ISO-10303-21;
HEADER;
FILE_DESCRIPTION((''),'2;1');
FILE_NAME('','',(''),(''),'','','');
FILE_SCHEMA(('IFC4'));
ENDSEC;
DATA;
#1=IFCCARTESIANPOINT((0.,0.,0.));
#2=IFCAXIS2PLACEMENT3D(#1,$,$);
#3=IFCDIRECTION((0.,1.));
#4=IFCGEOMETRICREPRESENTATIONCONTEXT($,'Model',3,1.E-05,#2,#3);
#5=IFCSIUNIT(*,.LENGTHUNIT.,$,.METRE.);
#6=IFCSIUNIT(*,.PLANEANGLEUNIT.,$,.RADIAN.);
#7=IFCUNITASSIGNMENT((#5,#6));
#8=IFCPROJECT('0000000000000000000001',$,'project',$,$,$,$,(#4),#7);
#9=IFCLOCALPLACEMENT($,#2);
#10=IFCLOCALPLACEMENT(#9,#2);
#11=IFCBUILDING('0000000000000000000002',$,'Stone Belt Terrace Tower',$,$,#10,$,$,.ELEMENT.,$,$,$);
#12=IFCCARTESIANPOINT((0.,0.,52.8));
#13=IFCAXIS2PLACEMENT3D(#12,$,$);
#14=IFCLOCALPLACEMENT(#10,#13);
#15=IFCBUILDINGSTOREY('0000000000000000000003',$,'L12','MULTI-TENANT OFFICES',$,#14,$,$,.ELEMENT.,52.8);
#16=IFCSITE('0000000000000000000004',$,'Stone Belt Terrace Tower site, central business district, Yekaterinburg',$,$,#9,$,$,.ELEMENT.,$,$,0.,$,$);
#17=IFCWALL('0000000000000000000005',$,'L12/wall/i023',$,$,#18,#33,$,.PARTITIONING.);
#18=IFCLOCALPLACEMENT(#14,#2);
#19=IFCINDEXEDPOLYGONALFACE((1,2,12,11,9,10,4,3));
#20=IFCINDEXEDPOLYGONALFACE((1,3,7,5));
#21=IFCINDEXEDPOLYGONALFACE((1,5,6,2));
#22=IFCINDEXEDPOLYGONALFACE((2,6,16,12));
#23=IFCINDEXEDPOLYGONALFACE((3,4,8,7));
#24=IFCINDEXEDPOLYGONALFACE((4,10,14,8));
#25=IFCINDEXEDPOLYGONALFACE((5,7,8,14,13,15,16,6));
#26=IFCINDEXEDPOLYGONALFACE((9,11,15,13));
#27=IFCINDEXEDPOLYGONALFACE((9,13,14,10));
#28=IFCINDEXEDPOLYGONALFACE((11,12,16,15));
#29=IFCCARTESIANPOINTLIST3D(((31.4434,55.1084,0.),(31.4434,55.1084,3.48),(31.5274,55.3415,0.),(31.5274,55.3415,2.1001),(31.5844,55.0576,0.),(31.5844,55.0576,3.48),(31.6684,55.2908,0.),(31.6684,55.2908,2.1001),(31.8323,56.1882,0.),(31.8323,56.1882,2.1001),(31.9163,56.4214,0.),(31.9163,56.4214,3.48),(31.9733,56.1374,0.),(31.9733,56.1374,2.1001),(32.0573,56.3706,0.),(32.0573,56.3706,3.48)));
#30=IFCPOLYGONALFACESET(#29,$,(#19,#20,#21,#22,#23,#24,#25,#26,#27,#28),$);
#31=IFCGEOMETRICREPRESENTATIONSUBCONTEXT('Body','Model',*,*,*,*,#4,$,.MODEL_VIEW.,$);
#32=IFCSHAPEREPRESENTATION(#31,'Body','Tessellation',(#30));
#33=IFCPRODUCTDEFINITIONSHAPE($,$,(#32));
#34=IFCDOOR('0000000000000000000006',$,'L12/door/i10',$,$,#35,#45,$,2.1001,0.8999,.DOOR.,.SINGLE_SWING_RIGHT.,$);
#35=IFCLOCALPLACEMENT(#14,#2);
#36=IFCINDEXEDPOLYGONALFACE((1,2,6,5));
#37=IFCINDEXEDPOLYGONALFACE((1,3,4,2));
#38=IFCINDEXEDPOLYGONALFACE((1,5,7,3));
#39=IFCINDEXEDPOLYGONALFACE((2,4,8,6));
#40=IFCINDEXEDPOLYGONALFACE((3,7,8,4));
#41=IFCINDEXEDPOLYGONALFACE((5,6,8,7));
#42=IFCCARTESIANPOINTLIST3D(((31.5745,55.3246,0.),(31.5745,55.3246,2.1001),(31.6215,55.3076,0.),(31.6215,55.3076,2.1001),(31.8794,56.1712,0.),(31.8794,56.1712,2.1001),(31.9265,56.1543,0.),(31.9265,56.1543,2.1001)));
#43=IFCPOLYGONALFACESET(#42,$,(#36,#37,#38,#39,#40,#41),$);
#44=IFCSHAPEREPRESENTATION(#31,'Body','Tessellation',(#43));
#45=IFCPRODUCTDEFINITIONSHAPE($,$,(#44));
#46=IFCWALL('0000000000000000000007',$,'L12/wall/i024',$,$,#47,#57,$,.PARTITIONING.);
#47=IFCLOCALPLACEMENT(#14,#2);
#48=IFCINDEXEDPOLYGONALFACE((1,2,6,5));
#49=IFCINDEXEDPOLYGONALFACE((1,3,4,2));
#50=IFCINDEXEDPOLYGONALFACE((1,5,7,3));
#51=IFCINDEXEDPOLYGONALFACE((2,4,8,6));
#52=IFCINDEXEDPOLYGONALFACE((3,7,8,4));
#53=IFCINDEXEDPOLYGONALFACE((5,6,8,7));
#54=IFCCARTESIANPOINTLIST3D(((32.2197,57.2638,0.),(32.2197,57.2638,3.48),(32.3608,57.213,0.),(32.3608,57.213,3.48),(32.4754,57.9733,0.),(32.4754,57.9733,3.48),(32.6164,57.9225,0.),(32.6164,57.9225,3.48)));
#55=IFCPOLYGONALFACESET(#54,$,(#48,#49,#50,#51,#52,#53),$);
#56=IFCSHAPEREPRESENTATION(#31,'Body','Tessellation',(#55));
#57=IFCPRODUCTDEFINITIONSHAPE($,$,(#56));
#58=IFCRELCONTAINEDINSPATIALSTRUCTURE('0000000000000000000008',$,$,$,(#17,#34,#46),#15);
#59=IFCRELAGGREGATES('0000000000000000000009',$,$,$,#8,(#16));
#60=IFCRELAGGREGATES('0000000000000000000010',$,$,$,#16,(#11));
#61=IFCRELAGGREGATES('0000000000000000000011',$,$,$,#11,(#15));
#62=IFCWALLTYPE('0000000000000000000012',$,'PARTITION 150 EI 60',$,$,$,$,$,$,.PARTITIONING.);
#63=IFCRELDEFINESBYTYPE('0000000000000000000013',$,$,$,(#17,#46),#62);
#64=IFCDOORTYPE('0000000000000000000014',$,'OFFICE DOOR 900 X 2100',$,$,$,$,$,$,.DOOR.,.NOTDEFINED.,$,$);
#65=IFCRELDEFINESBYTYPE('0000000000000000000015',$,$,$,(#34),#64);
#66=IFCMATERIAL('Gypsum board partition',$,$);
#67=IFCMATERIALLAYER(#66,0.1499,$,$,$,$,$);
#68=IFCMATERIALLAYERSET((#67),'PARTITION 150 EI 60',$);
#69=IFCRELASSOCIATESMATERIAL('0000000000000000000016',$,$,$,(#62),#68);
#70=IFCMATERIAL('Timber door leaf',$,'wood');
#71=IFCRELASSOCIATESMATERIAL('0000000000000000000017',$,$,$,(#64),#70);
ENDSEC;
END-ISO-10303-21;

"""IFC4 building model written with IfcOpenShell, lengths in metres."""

from ifc_helpers import new_model, si_unit, direction, frame, frame_2d, origin, place, context, subcontext, project, spatial, rectangle, extrude, material, layer, layer_set, type_object, element, fill, save


model = new_model("IFC4")

# Units and contexts
model_context = context("Model", 3, precision=1e-05, world=origin(), true_north=direction((0.0, 1.0)))
body_context = subcontext(model_context, "Body", "Model", "MODEL_VIEW")
ifc_project = project(units=[si_unit("LENGTHUNIT", "METRE"), si_unit("PLANEANGLEUNIT", "RADIAN")], contexts=[model_context])

# Site, building, storey
site_placement = place(None, origin())
site = spatial("IfcSite", under=ifc_project, at=site_placement, Name="Stone Belt Terrace Tower site, central business district, Yekaterinburg", CompositionType="ELEMENT", RefElevation=0.0)
building_placement = place(site_placement, origin())
building = spatial("IfcBuilding", under=site, at=building_placement, Name="Stone Belt Terrace Tower", CompositionType="ELEMENT")
storey_placement = place(building_placement, frame((0.0, 0.0, 52.8)))
storey = spatial("IfcBuildingStorey", under=building, at=storey_placement, Name="L12", Description="MULTI-TENANT OFFICES", CompositionType="ELEMENT", Elevation=52.8)

# Wall, opening, door
ifc_material_1 = material(Name="Gypsum board partition")
ifc_layer_1 = layer(ifc_material_1, 0.1499)
ifc_layer_set_1 = layer_set([ifc_layer_1], Name="PARTITION 150 EI 60")
wall_type = type_object("IfcWallType", Name="PARTITION 150 EI 60", PredefinedType="PARTITIONING", material=ifc_layer_set_1)
wall_1_placement = place(storey_placement, frame((31.5139, 55.083, 0.0), z_axis=(0.0, 0.0, 1.0), x_axis=(0.338862, 0.940836, 0.0)))
wall_1 = element("IfcWall", 1, at=wall_1_placement, inside=storey, type_object=wall_type, Name="L12/wall/i023", PredefinedType="PARTITIONING", context=body_context, shape_type="SweptSolid", body=[
    extrude(rectangle(XDim=1.3955, YDim=0.1499, at=frame_2d((0.6978, 0.0))), origin(), (0.0, 0.0, 1.0), 3.48),
])
opening_placement = place(wall_1_placement, frame((0.2478, 0.0, 0.0)))
opening = element("IfcOpeningElement", 2, at=opening_placement, cuts=wall_1, PredefinedType="OPENING", context=body_context, shape_type="SweptSolid", body=[
    extrude(rectangle(XDim=0.8999, YDim=2.1001, at=frame_2d((0.45, 1.05))), frame((0.0, 0.085, 0.0), z_axis=(0.0, -1.0, 0.0), x_axis=(1.0, 0.0, 0.0)), (0.0, 0.0, 1.0), 0.1699),
])
ifc_material_2 = material(Name="Timber door leaf", Category="wood")
door_type = type_object("IfcDoorType", Name="OFFICE DOOR 900 X 2100", OperationType="NOTDEFINED", PredefinedType="DOOR", material=ifc_material_2)
door_placement = place(opening_placement, origin())
door = element("IfcDoor", 3, at=door_placement, inside=storey, type_object=door_type, Name="L12/door/i10", OperationType="SINGLE_SWING_RIGHT", OverallHeight=2.1001, OverallWidth=0.8999, PredefinedType="DOOR", context=body_context, shape_type="SweptSolid", body=[
    extrude(rectangle(XDim=0.8999, YDim=2.1001, at=frame_2d((0.45, 1.05))), frame((0.0, 0.0249, 0.0), z_axis=(0.0, -1.0, 0.0), x_axis=(1.0, 0.0, 0.0)), (0.0, 0.0, 1.0), 0.05),
])
fill(opening, door)

# Wall
wall_2_placement = place(storey_placement, frame((32.2903, 57.2385, 0.0), z_axis=(0.0, 0.0, 1.0), x_axis=(0.33896, 0.940801, 0.0)))
element("IfcWall", 4, at=wall_2_placement, inside=storey, type_object=wall_type, Name="L12/wall/i024", PredefinedType="PARTITIONING", context=body_context, shape_type="SweptSolid", body=[
    extrude(rectangle(XDim=0.7542, YDim=0.1499, at=frame_2d((0.377, 0.0))), origin(), (0.0, 0.0, 1.0), 3.48),
])

save(model, "model.ifc")
